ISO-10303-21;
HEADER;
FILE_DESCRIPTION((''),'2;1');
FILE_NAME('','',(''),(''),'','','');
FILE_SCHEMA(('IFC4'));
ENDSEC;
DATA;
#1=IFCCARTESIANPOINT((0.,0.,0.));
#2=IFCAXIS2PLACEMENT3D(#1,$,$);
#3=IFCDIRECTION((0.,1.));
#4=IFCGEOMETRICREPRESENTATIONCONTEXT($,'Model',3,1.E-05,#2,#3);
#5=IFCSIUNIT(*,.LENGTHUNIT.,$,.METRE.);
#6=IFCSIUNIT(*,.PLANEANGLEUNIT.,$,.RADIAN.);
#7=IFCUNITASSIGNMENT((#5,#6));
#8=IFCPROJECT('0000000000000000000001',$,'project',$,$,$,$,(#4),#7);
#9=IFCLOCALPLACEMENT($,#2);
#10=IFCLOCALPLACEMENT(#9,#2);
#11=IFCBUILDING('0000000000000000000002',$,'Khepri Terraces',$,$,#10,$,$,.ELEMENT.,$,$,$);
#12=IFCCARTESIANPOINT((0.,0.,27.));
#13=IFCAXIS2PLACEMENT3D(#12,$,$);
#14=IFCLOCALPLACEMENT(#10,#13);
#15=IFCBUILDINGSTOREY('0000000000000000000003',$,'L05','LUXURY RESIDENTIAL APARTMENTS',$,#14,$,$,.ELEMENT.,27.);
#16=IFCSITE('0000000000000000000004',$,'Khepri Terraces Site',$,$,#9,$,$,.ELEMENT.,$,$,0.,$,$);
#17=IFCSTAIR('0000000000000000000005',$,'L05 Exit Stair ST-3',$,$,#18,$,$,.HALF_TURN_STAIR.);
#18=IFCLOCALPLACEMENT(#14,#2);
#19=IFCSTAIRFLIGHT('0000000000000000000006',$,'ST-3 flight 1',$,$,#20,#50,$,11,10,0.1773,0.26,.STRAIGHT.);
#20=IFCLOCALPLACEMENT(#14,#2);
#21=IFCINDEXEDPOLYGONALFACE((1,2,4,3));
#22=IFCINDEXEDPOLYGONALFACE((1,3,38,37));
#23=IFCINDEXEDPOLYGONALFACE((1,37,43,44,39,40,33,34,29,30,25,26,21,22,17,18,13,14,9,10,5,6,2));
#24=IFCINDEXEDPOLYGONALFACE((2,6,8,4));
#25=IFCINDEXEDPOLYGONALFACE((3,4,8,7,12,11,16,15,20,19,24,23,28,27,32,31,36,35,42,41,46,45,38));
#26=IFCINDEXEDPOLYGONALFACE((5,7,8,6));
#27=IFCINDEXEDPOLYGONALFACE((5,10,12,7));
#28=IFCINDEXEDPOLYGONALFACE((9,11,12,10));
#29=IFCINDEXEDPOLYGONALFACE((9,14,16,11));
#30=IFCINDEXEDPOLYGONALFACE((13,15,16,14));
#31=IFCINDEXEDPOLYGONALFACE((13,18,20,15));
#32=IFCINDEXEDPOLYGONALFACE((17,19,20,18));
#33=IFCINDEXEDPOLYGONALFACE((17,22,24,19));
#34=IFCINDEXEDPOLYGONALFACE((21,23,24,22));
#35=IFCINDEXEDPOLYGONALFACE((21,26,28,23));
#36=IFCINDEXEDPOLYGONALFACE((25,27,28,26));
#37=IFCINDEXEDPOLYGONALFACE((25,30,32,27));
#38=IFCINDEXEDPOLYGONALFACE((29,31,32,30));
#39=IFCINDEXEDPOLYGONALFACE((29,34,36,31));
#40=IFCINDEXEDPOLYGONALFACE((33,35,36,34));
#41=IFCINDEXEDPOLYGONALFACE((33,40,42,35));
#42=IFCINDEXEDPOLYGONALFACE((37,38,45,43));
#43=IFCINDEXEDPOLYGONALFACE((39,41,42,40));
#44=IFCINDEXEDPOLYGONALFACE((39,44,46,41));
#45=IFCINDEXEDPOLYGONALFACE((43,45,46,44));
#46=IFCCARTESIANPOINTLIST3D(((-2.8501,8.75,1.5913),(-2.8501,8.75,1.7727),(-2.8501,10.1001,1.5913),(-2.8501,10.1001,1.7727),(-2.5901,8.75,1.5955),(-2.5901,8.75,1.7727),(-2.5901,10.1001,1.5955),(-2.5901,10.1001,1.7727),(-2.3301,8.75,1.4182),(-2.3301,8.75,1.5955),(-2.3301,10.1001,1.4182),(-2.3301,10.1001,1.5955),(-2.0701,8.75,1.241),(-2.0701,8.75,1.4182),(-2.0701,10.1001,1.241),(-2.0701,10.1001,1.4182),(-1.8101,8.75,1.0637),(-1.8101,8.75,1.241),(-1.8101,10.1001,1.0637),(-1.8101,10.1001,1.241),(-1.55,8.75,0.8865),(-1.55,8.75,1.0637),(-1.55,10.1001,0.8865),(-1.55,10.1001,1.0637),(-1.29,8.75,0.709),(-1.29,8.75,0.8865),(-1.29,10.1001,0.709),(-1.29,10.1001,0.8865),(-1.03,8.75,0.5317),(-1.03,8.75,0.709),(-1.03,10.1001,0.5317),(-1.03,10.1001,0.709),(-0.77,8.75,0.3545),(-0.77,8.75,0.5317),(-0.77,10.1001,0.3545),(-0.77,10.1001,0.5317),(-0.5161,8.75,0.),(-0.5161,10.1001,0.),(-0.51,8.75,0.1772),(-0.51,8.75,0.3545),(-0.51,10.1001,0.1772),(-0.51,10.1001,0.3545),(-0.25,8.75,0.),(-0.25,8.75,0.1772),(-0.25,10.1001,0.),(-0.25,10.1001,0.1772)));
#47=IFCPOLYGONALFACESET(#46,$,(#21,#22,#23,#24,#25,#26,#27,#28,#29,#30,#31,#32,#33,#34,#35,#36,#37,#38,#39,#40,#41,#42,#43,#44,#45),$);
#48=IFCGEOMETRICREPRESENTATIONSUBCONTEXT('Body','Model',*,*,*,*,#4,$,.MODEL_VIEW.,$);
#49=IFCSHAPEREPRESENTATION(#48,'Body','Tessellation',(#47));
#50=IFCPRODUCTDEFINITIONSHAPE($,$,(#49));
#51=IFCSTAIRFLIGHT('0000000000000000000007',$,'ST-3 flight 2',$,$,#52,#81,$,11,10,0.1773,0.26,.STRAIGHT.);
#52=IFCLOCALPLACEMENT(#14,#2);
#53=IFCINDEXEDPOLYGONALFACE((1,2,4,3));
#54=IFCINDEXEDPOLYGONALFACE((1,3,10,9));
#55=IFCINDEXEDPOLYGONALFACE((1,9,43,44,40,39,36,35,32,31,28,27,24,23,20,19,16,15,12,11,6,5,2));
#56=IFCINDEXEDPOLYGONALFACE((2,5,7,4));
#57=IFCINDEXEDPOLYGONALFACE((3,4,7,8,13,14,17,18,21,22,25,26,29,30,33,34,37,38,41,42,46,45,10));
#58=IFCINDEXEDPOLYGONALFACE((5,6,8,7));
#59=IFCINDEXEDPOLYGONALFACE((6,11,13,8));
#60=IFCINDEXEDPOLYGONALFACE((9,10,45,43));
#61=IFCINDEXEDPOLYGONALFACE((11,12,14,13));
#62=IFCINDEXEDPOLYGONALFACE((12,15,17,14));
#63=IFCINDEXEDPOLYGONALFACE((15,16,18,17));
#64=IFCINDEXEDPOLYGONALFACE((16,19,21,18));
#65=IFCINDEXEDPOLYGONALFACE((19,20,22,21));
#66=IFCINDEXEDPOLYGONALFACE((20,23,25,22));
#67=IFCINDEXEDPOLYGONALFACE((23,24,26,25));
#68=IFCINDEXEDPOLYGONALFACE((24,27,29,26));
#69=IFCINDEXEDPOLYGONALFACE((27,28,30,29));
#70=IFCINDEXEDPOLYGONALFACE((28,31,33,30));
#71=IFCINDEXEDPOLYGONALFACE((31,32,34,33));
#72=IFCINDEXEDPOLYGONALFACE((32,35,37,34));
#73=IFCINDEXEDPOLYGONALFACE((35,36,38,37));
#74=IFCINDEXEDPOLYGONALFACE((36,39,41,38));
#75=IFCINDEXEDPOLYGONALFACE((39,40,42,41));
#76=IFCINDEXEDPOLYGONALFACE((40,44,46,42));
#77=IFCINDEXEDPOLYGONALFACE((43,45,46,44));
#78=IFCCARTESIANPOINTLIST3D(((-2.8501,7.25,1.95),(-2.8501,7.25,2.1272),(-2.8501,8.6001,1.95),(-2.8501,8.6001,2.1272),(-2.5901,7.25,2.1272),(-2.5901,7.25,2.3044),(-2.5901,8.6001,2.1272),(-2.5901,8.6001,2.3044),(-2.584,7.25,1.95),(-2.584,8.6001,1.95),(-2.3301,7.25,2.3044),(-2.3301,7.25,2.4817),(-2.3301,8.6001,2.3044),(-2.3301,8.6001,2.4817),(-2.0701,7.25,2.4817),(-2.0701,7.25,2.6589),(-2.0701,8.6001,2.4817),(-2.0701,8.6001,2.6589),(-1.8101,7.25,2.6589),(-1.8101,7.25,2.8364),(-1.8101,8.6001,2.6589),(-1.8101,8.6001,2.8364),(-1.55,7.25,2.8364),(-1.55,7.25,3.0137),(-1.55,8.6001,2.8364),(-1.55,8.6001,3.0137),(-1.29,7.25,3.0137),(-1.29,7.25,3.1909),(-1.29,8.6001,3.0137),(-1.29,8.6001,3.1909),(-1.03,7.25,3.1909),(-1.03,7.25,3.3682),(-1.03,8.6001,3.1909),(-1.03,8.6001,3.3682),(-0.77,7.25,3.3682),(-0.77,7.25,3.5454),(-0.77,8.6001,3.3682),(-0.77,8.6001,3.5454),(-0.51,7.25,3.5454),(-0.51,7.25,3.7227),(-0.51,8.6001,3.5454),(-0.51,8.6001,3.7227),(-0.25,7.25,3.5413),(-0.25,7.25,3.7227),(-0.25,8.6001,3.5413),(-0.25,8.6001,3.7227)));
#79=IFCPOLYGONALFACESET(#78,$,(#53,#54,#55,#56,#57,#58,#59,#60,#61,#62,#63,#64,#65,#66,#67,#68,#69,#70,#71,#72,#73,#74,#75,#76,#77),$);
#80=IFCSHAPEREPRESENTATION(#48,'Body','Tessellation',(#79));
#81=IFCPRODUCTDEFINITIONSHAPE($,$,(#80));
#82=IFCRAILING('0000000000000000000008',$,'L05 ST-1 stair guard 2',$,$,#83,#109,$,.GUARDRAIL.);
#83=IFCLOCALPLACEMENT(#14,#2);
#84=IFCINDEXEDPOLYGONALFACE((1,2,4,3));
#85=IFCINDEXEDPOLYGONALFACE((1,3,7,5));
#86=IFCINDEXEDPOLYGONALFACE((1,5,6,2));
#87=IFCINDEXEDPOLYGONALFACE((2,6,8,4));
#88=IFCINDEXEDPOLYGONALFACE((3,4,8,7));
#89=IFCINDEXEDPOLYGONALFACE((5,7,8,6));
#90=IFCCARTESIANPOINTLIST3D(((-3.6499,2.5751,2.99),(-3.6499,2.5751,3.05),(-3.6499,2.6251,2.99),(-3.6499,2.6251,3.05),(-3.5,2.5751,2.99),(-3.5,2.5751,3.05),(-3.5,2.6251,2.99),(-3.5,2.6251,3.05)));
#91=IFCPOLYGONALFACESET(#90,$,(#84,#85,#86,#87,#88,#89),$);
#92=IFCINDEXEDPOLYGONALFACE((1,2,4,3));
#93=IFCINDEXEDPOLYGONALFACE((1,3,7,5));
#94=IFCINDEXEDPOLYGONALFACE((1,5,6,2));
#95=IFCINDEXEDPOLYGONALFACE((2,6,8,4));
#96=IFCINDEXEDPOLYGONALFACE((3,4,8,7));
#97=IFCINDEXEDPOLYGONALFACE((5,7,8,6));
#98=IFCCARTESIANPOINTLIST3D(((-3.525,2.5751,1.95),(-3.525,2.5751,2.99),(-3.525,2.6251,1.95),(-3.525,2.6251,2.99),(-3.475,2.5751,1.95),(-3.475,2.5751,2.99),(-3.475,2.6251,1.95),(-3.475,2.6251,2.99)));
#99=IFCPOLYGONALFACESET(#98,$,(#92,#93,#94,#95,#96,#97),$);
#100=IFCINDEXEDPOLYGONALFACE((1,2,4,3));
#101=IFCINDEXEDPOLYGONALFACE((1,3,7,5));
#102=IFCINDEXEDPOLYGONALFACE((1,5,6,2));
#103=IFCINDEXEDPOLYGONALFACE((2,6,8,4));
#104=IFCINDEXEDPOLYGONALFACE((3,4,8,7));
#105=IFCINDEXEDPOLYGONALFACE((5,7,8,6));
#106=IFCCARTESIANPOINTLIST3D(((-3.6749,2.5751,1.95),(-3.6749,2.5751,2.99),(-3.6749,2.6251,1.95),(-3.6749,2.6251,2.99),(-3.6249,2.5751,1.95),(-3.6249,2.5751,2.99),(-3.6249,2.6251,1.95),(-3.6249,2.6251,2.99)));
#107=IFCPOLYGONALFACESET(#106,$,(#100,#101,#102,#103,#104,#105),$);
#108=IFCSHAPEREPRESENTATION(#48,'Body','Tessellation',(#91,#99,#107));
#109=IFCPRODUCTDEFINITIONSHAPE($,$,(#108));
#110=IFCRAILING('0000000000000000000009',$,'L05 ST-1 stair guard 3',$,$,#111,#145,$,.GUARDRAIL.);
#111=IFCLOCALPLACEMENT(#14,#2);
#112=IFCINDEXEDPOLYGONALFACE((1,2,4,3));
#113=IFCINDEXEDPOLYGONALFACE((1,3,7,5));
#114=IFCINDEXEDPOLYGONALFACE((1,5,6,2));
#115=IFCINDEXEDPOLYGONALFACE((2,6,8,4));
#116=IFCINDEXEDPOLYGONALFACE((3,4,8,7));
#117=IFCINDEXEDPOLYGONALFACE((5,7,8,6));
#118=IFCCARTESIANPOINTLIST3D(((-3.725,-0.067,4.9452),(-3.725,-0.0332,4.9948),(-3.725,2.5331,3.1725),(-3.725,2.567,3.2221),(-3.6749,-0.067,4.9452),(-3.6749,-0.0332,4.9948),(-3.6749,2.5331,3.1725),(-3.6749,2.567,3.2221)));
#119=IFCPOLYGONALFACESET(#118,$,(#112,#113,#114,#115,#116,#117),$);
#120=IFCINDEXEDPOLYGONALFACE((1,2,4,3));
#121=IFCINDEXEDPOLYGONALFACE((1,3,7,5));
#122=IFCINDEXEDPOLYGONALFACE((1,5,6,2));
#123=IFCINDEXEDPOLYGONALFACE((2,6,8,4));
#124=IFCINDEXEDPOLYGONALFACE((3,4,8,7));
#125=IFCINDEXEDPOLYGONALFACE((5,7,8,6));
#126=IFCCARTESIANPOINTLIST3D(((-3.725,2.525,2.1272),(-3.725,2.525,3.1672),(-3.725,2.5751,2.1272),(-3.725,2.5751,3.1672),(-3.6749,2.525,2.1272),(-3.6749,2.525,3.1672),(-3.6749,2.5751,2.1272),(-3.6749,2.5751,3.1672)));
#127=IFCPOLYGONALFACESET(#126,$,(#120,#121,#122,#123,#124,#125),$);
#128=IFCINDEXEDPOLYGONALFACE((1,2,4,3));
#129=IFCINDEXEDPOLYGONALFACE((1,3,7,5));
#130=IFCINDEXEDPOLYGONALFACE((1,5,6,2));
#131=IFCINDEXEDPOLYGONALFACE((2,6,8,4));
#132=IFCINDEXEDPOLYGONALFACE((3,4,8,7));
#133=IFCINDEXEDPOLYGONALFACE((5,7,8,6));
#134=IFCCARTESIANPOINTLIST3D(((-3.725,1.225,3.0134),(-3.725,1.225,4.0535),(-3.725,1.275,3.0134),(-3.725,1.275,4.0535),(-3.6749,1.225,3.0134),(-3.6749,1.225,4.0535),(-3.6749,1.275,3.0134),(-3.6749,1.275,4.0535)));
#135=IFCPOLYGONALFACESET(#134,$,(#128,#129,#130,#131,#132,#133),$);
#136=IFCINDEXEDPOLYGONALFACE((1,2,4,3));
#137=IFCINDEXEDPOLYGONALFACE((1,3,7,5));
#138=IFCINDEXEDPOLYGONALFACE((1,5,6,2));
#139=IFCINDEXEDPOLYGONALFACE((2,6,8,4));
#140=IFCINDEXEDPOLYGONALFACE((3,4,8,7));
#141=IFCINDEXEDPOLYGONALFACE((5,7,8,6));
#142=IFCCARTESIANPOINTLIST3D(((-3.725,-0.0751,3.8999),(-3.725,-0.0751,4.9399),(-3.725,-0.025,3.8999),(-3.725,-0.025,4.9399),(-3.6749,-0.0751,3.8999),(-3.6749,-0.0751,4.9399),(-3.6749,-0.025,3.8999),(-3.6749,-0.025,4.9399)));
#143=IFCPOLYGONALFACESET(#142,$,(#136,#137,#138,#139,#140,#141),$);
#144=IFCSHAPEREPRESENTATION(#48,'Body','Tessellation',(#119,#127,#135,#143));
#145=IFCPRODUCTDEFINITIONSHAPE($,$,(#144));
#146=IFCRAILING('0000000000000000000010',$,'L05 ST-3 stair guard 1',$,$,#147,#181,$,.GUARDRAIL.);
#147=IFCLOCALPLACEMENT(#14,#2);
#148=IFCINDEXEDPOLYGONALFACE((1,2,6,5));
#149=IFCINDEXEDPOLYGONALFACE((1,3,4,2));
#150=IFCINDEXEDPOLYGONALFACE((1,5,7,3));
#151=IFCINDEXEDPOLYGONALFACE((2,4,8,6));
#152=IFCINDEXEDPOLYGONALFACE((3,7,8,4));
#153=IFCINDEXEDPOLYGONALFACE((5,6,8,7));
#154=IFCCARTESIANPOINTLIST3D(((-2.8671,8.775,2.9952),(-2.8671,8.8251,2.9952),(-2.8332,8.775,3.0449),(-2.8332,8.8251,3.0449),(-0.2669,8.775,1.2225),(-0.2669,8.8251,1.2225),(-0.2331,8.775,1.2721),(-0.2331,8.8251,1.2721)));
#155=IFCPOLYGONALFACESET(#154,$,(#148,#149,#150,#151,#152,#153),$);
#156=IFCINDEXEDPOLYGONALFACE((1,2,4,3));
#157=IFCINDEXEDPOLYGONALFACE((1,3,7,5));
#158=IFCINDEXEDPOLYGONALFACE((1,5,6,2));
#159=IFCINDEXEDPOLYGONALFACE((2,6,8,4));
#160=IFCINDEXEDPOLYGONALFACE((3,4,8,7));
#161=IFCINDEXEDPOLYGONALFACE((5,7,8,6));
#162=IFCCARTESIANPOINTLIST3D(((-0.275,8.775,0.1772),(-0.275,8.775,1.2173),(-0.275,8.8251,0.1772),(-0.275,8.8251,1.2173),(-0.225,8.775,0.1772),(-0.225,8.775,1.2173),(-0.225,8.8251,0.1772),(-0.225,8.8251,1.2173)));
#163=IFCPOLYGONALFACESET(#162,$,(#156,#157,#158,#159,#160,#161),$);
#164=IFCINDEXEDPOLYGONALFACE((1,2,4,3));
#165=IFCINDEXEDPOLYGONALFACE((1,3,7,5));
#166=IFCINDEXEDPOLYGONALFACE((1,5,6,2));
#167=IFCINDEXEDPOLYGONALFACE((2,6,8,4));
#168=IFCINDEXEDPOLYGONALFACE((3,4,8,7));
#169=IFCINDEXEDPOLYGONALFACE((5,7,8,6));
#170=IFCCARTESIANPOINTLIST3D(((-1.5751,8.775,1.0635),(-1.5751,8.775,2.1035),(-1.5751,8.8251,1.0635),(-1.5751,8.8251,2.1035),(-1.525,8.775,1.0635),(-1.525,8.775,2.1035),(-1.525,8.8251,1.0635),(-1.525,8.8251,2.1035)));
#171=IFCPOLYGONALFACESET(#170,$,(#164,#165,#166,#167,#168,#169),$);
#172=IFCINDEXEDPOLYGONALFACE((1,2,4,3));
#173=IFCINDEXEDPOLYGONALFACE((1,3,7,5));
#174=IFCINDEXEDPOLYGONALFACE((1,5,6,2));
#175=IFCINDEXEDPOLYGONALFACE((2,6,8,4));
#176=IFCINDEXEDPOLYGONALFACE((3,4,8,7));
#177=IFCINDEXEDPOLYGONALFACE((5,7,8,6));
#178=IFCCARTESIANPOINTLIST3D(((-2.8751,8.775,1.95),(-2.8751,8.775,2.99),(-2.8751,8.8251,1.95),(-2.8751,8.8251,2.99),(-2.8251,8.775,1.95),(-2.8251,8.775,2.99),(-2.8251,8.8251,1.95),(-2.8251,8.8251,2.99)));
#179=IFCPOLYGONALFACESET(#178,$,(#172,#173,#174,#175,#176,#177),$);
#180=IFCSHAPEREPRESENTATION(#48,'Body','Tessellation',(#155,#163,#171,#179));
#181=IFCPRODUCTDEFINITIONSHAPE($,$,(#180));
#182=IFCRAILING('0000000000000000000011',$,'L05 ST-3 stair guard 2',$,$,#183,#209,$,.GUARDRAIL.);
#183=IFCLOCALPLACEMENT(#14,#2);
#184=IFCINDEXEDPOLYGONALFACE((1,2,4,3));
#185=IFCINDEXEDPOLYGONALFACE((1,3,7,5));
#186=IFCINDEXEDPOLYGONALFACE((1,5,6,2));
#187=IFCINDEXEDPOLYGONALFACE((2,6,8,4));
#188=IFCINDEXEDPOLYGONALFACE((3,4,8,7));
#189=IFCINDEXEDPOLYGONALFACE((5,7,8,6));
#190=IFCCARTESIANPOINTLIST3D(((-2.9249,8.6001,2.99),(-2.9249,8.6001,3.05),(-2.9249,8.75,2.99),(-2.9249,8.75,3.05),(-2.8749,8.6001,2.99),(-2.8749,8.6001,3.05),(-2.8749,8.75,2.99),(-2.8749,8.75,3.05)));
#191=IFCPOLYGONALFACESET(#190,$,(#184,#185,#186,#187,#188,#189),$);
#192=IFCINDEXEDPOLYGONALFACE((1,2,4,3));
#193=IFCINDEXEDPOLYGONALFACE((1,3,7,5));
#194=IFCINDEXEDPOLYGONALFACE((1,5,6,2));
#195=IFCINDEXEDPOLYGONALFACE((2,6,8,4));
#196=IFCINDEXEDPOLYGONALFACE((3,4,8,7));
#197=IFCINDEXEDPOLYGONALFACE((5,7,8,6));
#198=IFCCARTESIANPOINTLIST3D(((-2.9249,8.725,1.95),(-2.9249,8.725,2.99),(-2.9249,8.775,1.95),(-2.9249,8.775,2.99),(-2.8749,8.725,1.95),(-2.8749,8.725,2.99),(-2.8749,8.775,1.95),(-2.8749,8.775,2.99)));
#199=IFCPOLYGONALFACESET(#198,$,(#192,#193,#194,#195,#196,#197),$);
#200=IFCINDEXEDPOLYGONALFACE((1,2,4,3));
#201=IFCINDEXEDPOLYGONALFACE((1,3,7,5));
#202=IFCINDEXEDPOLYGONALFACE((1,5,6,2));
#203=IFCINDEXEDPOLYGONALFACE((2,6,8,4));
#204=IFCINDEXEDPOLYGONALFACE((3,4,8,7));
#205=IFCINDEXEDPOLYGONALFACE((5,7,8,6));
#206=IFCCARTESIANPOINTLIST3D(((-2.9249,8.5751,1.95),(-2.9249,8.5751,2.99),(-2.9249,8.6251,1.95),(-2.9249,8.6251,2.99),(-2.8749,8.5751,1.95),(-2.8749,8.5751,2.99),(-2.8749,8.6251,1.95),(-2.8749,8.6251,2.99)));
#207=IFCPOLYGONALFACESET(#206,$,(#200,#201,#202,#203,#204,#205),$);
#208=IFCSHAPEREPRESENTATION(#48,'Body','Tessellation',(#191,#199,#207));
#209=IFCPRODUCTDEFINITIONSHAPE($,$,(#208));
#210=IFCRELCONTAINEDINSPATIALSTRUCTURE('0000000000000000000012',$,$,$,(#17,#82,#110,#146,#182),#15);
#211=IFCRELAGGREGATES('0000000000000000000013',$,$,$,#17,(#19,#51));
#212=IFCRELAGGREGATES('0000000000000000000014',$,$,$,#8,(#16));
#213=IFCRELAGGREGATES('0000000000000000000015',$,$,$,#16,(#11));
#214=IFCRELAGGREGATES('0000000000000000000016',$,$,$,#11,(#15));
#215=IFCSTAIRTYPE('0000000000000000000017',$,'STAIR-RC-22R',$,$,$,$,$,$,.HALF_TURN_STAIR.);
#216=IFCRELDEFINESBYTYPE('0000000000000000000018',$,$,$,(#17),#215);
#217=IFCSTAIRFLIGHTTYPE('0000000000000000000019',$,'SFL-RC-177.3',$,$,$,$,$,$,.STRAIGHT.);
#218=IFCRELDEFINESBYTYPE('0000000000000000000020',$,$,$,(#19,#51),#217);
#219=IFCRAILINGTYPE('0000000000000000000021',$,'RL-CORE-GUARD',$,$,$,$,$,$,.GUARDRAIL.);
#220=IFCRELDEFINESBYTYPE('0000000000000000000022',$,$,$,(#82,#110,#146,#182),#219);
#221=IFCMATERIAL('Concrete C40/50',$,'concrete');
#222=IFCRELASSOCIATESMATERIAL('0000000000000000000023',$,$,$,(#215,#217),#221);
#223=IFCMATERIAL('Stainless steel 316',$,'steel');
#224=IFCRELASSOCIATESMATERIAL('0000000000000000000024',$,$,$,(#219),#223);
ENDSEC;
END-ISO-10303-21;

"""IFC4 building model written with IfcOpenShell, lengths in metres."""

from ifc_helpers import new_model, si_unit, direction, frame, origin, origin_2d, place, context, subcontext, project, spatial, polyline, rectangle, outline, extrude, material, type_object, element, aggregate, save


model = new_model("IFC4")

# Units and contexts
model_context = context("Model", 3, precision=1e-05, world=origin(), true_north=direction((0.0, 1.0)))
body_context = subcontext(model_context, "Body", "Model", "MODEL_VIEW")
ifc_project = project(units=[si_unit("LENGTHUNIT", "METRE"), si_unit("PLANEANGLEUNIT", "RADIAN")], contexts=[model_context])

# Site, building, storey
site_placement = place(None, origin())
site = spatial("IfcSite", under=ifc_project, at=site_placement, Name="Khepri Terraces Site", CompositionType="ELEMENT", RefElevation=0.0)
building_placement = place(site_placement, origin())
building = spatial("IfcBuilding", under=site, at=building_placement, Name="Khepri Terraces", CompositionType="ELEMENT")
storey_placement = place(building_placement, frame((0.0, 0.0, 27.0)))
storey = spatial("IfcBuildingStorey", under=building, at=storey_placement, Name="L05", Description="LUXURY RESIDENTIAL APARTMENTS", CompositionType="ELEMENT", Elevation=27.0)

# Stair, stair flights
ifc_material_1 = material(Name="Concrete C40/50", Category="concrete")
stair_type = type_object("IfcStairType", Name="STAIR-RC-22R", PredefinedType="HALF_TURN_STAIR", material=ifc_material_1)
stair_flight_type = type_object("IfcStairFlightType", Name="SFL-RC-177.3", PredefinedType="STRAIGHT", material=ifc_material_1)
stair_1_placement = place(storey_placement, origin())
stair_1 = element("IfcStair", 1, at=stair_1_placement, inside=storey, type_object=stair_type, Name="L05 Exit Stair ST-3", PredefinedType="HALF_TURN_STAIR")
stair_flight_1_placement = place(storey_placement, frame((-0.25, 9.425, 0.0), z_axis=(0.0, 0.0, 1.0), x_axis=(-1.0, 0.0, 0.0)))
stair_flight_1 = element("IfcStairFlight", 2, at=stair_flight_1_placement, type_object=stair_flight_type, Name="ST-3 flight 1", NumberOfRisers=11, NumberOfTreads=10, PredefinedType="STRAIGHT", RiserHeight=0.1773, TreadLength=0.26, context=body_context, shape_type="SweptSolid", body=[
    extrude(outline(polyline([(0.0, 0.0), (0.0, 0.1772), (0.26, 0.1772), (0.26, 0.3545), (0.52, 0.3545), (0.52, 0.5317), (0.78, 0.5317), (0.78, 0.709), (1.04, 0.709), (1.04, 0.8865), (1.3, 0.8865), (1.3, 1.0637), (1.5601, 1.0637), (1.5601, 1.241), (1.8201, 1.241), (1.8201, 1.4182), (2.0801, 1.4182), (2.0801, 1.5955), (2.3401, 1.5955), (2.3401, 1.7727), (2.6001, 1.7727), (2.6001, 1.95), (2.6001, 1.5913), (0.2661, 0.0), (0.0, 0.0)])), frame((0.0, 0.675, 0.0), z_axis=(0.0, -1.0, 0.0), x_axis=(1.0, 0.0, 0.0)), (0.0, 0.0, 1.0), 1.3501),
])
stair_flight_2_placement = place(storey_placement, frame((-2.8501, 7.925, 1.95), z_axis=(0.0, 0.0, 1.0), x_axis=(1.0, 0.0, 0.0)))
stair_flight_2 = element("IfcStairFlight", 3, at=stair_flight_2_placement, type_object=stair_flight_type, Name="ST-3 flight 2", NumberOfRisers=11, NumberOfTreads=10, PredefinedType="STRAIGHT", RiserHeight=0.1773, TreadLength=0.26, context=body_context, shape_type="SweptSolid", body=[
    extrude(outline(polyline([(0.0, 0.0), (0.0, 0.1772), (0.26, 0.1772), (0.26, 0.3545), (0.52, 0.3545), (0.52, 0.5317), (0.78, 0.5317), (0.78, 0.709), (1.04, 0.709), (1.04, 0.8865), (1.3, 0.8865), (1.3, 1.0637), (1.5601, 1.0637), (1.5601, 1.241), (1.8201, 1.241), (1.8201, 1.4182), (2.0801, 1.4182), (2.0801, 1.5955), (2.3401, 1.5955), (2.3401, 1.7727), (2.6001, 1.7727), (2.6001, 1.95), (2.6001, 1.5913), (0.2661, 0.0), (0.0, 0.0)])), frame((0.0, 0.675, 0.0), z_axis=(0.0, -1.0, 0.0), x_axis=(1.0, 0.0, 0.0)), (0.0, 0.0, 1.0), 1.3501),
])
aggregate(stair_1, [stair_flight_1, stair_flight_2])

# Railings
ifc_material_2 = material(Name="Stainless steel 316", Category="steel")
railing_type_1 = type_object("IfcRailingType", Name="RL-CORE-GUARD", PredefinedType="GUARDRAIL", material=ifc_material_2)
railing_1_placement = place(storey_placement, frame((-3.5, 2.6001, 1.95)))
element("IfcRailing", 4, at=railing_1_placement, inside=storey, type_object=railing_type_1, Name="L05 ST-1 stair guard 2", PredefinedType="GUARDRAIL", context=body_context, shape_type="SweptSolid", body=[
    extrude(rectangle(XDim=0.05, YDim=0.0601, at=origin_2d()), frame((0.0, 0.0, 1.0701), z_axis=(-1.0, 0.0, 0.0), x_axis=(0.0, -1.0, 0.0)), (0.0, 0.0, 1.0), 0.1499),
    extrude(rectangle(XDim=0.05, YDim=0.05, at=origin_2d()), origin(), (0.0, 0.0, 1.0), 1.04),
    extrude(rectangle(XDim=0.05, YDim=0.05, at=origin_2d()), frame((-0.1499, 0.0, 0.0)), (0.0, 0.0, 1.0), 1.04),
])
railing_2_placement = place(storey_placement, frame((-3.7, 2.55, 2.1272)))
element("IfcRailing", 5, at=railing_2_placement, inside=storey, type_object=railing_type_1, Name="L05 ST-1 stair guard 3", PredefinedType="GUARDRAIL", context=body_context, shape_type="SweptSolid", body=[
    extrude(rectangle(XDim=0.05, YDim=0.0601, at=origin_2d()), frame((0.0, 0.0, 1.0701), z_axis=(0.0, -0.82624, 0.563318), x_axis=(1.0, 0.0, 0.0)), (0.0, 0.0, 1.0), 3.147),
    extrude(rectangle(XDim=0.05, YDim=0.05, at=origin_2d()), origin(), (0.0, 0.0, 1.0), 1.04),
    extrude(rectangle(XDim=0.05, YDim=0.05, at=origin_2d()), frame((0.0, -1.3, 0.8862)), (0.0, 0.0, 1.0), 1.04),
    extrude(rectangle(XDim=0.05, YDim=0.05, at=origin_2d()), frame((0.0, -2.6001, 1.7727)), (0.0, 0.0, 1.0), 1.04),
])
railing_3_placement = place(storey_placement, frame((-0.25, 8.8, 0.1772)))
element("IfcRailing", 6, at=railing_3_placement, inside=storey, type_object=railing_type_1, Name="L05 ST-3 stair guard 1", PredefinedType="GUARDRAIL", context=body_context, shape_type="SweptSolid", body=[
    extrude(rectangle(XDim=0.05, YDim=0.0601, at=origin_2d()), frame((0.0, 0.0, 1.0701), z_axis=(-0.82624, 0.0, 0.563318), x_axis=(0.0, -1.0, 0.0)), (0.0, 0.0, 1.0), 3.147),
    extrude(rectangle(XDim=0.05, YDim=0.05, at=origin_2d()), origin(), (0.0, 0.0, 1.0), 1.04),
    extrude(rectangle(XDim=0.05, YDim=0.05, at=origin_2d()), frame((-1.3, 0.0, 0.8862)), (0.0, 0.0, 1.0), 1.04),
    extrude(rectangle(XDim=0.05, YDim=0.05, at=origin_2d()), frame((-2.6001, 0.0, 1.7727)), (0.0, 0.0, 1.0), 1.04),
])
railing_4_placement = place(storey_placement, frame((-2.8999, 8.75, 1.95)))
element("IfcRailing", 7, at=railing_4_placement, inside=storey, type_object=railing_type_1, Name="L05 ST-3 stair guard 2", PredefinedType="GUARDRAIL", context=body_context, shape_type="SweptSolid", body=[
    extrude(rectangle(XDim=0.05, YDim=0.0601, at=origin_2d()), frame((0.0, 0.0, 1.0701), z_axis=(0.0, -1.0, 0.0), x_axis=(1.0, 0.0, 0.0)), (0.0, 0.0, 1.0), 0.1499),
    extrude(rectangle(XDim=0.05, YDim=0.05, at=origin_2d()), origin(), (0.0, 0.0, 1.0), 1.04),
    extrude(rectangle(XDim=0.05, YDim=0.05, at=origin_2d()), frame((0.0, -0.1499, 0.0)), (0.0, 0.0, 1.0), 1.04),
])

save(model, "model.ifc")
